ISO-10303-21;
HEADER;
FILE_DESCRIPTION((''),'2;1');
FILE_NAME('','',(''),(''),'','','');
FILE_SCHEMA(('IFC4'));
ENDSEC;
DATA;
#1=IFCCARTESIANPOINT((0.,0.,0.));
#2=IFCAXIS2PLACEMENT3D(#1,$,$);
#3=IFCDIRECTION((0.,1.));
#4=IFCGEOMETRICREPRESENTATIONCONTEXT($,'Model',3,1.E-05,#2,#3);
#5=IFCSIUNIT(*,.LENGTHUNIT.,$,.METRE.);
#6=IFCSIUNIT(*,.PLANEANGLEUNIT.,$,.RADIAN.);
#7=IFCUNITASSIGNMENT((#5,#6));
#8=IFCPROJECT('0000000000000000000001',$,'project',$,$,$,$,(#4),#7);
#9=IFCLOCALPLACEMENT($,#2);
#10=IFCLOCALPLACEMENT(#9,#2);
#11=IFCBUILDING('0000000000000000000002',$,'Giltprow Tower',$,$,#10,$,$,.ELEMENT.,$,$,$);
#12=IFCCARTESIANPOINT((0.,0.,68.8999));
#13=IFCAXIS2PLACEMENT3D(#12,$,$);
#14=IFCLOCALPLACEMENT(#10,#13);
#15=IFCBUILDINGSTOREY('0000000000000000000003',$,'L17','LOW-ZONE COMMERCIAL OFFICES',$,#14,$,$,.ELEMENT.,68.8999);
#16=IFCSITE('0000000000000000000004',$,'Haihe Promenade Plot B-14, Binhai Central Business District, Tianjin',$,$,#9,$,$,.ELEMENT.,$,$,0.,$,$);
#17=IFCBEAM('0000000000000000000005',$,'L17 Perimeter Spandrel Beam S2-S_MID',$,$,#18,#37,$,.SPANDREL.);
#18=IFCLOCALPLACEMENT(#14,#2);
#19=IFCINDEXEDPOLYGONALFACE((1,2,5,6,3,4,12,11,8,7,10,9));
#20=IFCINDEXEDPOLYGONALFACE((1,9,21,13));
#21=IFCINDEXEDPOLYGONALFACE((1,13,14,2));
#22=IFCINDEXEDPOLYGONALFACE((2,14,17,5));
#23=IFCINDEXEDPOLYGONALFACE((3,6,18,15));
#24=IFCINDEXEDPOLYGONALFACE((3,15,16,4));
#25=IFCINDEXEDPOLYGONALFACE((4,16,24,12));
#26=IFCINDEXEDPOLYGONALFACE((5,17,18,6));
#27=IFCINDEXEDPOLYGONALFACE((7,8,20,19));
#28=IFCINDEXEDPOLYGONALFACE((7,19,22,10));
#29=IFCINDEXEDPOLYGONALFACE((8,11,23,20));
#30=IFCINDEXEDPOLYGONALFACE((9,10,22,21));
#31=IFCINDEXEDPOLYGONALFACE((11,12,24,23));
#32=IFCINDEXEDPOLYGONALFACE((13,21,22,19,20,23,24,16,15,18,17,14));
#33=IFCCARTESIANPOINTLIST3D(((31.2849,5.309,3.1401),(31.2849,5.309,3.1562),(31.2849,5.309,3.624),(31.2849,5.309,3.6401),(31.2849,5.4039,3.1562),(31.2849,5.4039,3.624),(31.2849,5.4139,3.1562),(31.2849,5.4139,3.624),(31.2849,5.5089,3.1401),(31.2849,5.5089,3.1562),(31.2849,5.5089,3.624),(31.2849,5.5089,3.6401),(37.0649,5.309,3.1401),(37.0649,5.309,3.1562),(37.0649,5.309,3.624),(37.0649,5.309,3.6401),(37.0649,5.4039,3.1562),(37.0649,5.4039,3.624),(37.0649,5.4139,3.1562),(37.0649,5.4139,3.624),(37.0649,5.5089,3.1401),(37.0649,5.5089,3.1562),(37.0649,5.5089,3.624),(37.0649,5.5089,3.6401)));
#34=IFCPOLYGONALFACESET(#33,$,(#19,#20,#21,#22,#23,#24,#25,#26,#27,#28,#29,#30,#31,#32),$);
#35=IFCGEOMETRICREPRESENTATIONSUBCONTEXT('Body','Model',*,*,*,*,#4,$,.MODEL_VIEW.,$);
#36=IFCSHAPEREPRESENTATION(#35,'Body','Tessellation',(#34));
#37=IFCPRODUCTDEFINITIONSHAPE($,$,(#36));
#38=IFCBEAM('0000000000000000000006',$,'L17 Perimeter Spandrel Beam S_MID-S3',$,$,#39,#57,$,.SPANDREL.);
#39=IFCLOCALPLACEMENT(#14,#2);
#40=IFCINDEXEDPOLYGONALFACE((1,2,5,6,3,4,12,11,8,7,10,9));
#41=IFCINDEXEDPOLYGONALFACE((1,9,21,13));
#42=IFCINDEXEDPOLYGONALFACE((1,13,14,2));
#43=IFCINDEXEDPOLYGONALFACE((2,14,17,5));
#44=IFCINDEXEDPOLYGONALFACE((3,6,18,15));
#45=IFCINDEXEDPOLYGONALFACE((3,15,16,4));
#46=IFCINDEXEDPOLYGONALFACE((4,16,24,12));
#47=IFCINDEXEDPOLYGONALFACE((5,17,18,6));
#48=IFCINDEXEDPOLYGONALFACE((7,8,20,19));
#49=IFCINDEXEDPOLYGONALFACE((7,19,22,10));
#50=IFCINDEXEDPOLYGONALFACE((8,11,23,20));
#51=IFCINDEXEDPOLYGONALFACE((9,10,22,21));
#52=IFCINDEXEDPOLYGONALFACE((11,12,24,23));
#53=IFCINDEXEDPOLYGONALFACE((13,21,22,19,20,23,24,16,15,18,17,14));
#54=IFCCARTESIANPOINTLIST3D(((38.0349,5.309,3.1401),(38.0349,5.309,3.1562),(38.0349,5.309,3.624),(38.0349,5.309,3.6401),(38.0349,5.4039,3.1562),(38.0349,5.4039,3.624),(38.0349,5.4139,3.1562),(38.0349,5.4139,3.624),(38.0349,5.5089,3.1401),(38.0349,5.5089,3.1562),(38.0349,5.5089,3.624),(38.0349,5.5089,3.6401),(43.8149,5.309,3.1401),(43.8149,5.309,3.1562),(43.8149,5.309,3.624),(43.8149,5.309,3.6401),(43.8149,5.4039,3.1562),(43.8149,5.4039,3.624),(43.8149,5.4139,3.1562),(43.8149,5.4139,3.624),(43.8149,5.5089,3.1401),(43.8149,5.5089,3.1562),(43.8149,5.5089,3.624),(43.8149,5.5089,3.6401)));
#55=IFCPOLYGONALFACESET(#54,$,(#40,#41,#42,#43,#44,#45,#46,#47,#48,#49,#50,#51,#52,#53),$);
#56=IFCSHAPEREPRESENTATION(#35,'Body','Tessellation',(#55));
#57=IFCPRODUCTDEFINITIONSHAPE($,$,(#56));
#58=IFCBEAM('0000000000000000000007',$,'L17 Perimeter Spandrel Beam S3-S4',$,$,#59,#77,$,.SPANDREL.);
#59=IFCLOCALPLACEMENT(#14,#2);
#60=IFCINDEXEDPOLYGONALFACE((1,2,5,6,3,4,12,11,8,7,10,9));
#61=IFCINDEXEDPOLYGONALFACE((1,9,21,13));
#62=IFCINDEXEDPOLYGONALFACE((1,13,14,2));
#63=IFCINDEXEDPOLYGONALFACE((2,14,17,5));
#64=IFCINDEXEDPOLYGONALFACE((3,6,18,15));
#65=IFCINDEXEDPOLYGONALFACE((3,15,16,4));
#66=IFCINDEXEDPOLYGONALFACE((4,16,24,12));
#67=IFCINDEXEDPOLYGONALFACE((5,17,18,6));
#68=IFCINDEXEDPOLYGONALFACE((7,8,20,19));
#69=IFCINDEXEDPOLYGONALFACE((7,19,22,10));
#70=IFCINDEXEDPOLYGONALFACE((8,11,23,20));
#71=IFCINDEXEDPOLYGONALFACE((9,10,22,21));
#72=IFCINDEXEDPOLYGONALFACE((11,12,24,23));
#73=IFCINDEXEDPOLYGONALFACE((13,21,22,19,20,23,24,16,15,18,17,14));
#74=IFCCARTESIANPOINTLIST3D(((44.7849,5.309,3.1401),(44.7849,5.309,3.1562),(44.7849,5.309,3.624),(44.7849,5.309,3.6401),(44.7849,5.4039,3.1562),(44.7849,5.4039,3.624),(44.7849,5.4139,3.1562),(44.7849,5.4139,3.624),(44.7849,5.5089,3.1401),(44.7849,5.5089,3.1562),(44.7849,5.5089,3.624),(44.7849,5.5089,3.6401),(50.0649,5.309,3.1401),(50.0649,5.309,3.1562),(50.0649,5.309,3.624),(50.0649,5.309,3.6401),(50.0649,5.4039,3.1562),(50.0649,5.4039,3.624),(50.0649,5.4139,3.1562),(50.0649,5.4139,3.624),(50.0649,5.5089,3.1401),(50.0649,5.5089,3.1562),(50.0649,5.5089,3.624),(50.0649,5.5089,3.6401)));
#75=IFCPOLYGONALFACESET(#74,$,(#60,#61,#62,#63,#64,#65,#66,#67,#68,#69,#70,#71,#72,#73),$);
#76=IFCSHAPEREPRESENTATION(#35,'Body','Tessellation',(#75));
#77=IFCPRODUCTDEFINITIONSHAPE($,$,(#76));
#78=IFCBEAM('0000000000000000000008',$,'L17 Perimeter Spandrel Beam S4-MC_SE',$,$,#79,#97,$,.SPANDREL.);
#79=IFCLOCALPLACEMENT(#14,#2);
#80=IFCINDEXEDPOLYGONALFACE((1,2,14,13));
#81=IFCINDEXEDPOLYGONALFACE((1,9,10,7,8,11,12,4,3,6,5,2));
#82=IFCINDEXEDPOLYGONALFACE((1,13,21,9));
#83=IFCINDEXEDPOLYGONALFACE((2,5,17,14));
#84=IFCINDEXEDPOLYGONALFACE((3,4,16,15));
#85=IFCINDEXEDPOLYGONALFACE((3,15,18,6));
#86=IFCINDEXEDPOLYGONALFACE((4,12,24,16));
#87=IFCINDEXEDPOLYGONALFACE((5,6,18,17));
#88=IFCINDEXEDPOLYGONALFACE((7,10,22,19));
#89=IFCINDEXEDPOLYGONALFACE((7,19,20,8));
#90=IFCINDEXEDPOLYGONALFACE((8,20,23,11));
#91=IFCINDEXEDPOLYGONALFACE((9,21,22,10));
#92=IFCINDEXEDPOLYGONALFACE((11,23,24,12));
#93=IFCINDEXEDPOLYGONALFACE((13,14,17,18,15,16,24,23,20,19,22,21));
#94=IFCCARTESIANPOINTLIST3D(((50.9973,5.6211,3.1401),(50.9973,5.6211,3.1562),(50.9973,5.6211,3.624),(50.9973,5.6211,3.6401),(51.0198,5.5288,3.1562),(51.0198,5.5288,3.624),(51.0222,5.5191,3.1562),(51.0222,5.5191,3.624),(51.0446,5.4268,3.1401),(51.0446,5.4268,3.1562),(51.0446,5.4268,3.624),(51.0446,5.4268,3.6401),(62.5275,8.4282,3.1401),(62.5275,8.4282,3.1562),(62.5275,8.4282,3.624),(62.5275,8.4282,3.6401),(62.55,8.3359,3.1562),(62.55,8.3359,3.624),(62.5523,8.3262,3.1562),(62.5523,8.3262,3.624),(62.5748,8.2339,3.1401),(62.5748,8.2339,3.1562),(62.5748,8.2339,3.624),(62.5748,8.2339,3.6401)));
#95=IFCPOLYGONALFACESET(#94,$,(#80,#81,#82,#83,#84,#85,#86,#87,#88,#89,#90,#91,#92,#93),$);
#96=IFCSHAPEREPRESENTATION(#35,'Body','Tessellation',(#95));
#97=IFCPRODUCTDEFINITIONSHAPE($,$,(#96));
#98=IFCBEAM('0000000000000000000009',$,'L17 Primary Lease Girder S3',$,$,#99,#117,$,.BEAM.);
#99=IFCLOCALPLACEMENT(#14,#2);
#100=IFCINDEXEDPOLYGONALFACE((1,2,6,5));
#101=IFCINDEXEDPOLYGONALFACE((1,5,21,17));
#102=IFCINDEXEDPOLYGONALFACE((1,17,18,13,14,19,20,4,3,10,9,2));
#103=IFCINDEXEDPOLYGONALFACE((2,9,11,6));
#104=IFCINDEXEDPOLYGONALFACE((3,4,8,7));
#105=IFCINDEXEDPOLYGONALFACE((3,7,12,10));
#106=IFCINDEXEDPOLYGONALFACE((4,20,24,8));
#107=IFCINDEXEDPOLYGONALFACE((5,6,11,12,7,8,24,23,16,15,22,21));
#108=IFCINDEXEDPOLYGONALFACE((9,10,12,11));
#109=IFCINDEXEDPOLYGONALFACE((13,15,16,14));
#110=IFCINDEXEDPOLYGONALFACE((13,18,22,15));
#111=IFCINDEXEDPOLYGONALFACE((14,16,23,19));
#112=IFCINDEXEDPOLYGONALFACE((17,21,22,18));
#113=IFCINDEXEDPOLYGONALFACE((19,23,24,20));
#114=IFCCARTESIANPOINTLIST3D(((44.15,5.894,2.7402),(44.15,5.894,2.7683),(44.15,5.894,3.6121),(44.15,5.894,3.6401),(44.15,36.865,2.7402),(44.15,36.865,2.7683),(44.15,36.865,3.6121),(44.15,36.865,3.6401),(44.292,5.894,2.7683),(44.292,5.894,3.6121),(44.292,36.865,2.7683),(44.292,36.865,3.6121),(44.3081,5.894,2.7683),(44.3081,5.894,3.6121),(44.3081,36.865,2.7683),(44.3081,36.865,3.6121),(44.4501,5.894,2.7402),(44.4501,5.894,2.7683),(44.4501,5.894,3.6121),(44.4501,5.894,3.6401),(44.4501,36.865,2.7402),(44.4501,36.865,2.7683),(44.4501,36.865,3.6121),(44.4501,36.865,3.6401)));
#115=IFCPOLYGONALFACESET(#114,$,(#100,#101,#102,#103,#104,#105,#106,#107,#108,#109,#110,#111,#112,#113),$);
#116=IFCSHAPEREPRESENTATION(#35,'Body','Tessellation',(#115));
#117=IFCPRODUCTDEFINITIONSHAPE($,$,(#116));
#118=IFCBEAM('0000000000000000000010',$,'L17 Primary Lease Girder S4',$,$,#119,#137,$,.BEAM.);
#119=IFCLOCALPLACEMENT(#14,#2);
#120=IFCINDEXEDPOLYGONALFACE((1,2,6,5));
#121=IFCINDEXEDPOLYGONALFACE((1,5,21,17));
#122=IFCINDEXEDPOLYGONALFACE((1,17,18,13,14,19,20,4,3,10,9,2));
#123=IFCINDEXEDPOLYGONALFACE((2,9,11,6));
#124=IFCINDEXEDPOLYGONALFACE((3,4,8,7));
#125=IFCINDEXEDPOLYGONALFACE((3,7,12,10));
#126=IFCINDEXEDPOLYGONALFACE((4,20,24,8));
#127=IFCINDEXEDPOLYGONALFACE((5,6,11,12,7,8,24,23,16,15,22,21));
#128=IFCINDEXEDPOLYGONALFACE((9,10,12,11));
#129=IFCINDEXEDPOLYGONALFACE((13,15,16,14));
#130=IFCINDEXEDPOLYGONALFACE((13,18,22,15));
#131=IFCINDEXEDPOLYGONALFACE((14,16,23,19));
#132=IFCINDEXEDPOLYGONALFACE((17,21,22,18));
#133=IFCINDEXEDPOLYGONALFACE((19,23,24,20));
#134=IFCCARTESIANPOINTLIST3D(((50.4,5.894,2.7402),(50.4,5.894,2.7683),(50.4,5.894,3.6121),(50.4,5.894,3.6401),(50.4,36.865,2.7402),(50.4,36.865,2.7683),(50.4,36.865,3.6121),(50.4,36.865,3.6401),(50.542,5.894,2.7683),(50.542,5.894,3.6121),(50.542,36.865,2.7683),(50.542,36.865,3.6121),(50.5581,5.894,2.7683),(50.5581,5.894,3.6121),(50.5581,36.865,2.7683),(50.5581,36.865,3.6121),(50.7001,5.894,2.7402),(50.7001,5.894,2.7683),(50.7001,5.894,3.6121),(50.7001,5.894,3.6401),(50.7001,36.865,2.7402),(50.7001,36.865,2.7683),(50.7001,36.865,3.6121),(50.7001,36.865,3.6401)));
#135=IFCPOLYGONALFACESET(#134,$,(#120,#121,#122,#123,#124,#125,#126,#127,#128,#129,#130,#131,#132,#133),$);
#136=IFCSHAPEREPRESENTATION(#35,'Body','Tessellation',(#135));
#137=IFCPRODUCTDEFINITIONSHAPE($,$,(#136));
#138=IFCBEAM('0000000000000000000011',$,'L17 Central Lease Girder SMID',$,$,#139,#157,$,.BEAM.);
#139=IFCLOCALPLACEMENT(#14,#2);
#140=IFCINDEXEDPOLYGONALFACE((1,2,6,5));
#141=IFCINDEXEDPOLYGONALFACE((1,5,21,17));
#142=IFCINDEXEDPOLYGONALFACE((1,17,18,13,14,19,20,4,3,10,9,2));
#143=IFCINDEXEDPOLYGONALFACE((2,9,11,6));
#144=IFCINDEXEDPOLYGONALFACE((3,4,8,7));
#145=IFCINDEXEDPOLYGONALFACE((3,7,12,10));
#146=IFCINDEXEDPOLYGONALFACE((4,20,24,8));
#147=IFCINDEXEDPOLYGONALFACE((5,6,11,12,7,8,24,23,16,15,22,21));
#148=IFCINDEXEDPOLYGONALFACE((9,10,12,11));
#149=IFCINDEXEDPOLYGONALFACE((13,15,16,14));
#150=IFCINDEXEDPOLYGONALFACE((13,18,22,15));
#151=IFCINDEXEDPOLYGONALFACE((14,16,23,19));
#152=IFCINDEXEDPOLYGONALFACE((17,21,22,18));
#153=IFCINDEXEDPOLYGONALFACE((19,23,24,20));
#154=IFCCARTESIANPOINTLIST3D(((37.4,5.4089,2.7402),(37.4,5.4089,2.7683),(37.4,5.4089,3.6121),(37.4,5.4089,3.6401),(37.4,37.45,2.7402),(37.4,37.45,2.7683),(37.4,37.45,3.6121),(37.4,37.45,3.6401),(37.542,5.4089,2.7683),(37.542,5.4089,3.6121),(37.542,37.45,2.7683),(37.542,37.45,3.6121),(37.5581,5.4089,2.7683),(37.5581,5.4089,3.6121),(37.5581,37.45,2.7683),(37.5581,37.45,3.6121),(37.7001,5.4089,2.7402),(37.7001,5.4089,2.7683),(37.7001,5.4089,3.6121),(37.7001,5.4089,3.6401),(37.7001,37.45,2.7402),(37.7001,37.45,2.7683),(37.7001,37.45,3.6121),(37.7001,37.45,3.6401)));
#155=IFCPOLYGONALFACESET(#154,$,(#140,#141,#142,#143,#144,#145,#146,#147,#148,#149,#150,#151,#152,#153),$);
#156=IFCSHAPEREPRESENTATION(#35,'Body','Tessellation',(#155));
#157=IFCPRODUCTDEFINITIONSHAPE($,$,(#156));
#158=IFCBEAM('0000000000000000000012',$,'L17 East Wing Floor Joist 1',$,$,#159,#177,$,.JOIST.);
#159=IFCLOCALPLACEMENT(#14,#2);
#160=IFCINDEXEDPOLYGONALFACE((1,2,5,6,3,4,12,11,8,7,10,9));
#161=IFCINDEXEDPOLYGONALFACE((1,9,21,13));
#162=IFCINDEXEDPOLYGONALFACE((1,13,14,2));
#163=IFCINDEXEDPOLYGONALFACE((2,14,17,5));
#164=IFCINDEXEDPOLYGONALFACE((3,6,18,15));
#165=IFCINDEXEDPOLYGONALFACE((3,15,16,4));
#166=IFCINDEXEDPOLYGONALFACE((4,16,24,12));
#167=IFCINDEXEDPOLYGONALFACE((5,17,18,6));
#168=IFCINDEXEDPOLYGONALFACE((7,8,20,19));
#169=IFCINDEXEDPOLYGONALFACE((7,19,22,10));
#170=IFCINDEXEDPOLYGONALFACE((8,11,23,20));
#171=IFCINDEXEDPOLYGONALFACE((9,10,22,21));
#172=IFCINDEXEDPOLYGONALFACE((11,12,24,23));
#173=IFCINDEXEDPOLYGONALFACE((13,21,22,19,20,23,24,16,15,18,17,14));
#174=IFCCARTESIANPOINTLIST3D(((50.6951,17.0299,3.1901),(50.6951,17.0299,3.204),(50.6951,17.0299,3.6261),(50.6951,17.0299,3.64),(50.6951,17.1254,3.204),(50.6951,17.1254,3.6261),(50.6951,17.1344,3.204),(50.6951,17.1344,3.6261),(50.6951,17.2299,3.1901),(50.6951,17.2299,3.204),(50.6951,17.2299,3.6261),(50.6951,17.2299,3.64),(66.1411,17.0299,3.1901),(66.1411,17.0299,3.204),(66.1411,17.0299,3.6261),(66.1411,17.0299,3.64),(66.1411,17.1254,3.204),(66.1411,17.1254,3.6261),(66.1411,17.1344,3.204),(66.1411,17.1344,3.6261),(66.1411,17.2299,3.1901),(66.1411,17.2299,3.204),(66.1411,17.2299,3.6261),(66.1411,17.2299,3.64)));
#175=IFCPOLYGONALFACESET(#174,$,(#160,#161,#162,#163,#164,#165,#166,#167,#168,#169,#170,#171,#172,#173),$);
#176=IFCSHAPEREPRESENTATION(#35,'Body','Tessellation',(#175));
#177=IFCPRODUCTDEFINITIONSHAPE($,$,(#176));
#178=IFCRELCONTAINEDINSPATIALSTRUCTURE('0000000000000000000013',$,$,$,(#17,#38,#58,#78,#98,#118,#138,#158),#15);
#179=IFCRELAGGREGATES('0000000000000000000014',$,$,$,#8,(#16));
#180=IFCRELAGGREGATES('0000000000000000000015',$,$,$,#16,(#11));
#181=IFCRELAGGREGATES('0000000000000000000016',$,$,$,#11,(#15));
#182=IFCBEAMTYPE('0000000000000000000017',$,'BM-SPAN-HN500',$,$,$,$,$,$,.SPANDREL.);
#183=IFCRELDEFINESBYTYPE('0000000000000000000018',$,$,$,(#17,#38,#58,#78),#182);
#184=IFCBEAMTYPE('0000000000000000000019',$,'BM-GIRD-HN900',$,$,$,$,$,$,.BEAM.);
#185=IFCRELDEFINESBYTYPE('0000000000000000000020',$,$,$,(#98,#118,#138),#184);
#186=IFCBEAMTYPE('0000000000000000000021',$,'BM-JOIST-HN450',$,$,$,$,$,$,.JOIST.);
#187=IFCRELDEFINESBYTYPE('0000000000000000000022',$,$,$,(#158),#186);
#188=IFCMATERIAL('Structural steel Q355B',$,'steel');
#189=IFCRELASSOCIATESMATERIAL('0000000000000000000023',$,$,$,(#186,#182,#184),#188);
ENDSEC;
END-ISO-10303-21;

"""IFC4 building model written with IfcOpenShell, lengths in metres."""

from ifc_helpers import new_model, si_unit, direction, frame, origin, origin_2d, place, context, subcontext, project, spatial, i_section, extrude, source, transform, mapped, material, material_profile, profile_set, type_object, element, save


model = new_model("IFC4")

# Units and contexts
model_context = context("Model", 3, precision=1e-05, world=origin(), true_north=direction((0.0, 1.0)))
body_context = subcontext(model_context, "Body", "Model", "MODEL_VIEW")
ifc_project = project(units=[si_unit("LENGTHUNIT", "METRE"), si_unit("PLANEANGLEUNIT", "RADIAN")], contexts=[model_context])

# Site, building, storey
site_placement = place(None, origin())
site = spatial("IfcSite", under=ifc_project, at=site_placement, Name="Haihe Promenade Plot B-14, Binhai Central Business District, Tianjin", CompositionType="ELEMENT", RefElevation=0.0)
building_placement = place(site_placement, origin())
building = spatial("IfcBuilding", under=site, at=building_placement, Name="Giltprow Tower", CompositionType="ELEMENT")
storey_placement = place(building_placement, frame((0.0, 0.0, 68.8999)))
storey = spatial("IfcBuildingStorey", under=building, at=storey_placement, Name="L17", Description="LOW-ZONE COMMERCIAL OFFICES", CompositionType="ELEMENT", Elevation=68.8999)

# Beams
ifc_material_1 = material(Name="Structural steel Q355B", Category="steel")
ifc_material_profile_1 = material_profile(ifc_material_1, i_section(OverallWidth=0.2, OverallDepth=0.45, WebThickness=0.009, FlangeThickness=0.0139, at=origin_2d()), Name="HN 450x200x9x14")
ifc_profile_set_1 = profile_set([ifc_material_profile_1], Name="Structural steel Q355B")
beam_type_1 = type_object("IfcBeamType", Name="BM-JOIST-HN450", PredefinedType="JOIST", material=ifc_profile_set_1)
ifc_material_profile_2 = material_profile(ifc_material_1, i_section(OverallWidth=0.2, OverallDepth=0.5, WebThickness=0.01, FlangeThickness=0.0161, at=origin_2d()), Name="HN 500x200x10x16")
ifc_profile_set_2 = profile_set([ifc_material_profile_2], Name="Structural steel Q355B")
beam_type_2 = type_object("IfcBeamType", Name="BM-SPAN-HN500", PredefinedType="SPANDREL", material=ifc_profile_set_2)
shared_shape_1 = source(origin(), body_context, "Body", "SweptSolid", [
    extrude(i_section(OverallWidth=0.2, OverallDepth=0.5, WebThickness=0.01, FlangeThickness=0.0161, at=origin_2d()), origin(), (0.0, 0.0, 1.0), 5.78),
])
for number, where, z_axis, x_axis, name in (
    (1, (31.2849, 5.4089, 3.3901), (1.0, 0.0, 0.0), (0.0, 1.0, 0.0), "L17 Perimeter Spandrel Beam S2-S_MID"),
    (2, (38.0349, 5.4089, 3.3901), (1.0, 0.0, 0.0), (0.0, 1.0, 0.0), "L17 Perimeter Spandrel Beam S_MID-S3"),
):
    element("IfcBeam", number, at=place(storey_placement, frame(where, z_axis=z_axis, x_axis=x_axis)), inside=storey, type_object=beam_type_2, Name=name, PredefinedType="SPANDREL", context=body_context, shape_type="MappedRepresentation", body=[
        mapped(shared_shape_1, transform((0.0, 0.0, 0.0), x_axis=(1.0, 0.0, 0.0), y_axis=(0.0, 1.0, 0.0), z_axis=(0.0, 0.0, 1.0), scale=1.0)),
    ])
shared_shape_2 = source(origin(), body_context, "Body", "SweptSolid", [
    extrude(i_section(OverallWidth=0.2, OverallDepth=0.5, WebThickness=0.01, FlangeThickness=0.0161, at=origin_2d()), origin(), (0.0, 0.0, 1.0), 5.28),
])
beam_1_placement = place(storey_placement, frame((44.7849, 5.4089, 3.3901), z_axis=(1.0, 0.0, 0.0), x_axis=(0.0, 1.0, 0.0)))
element("IfcBeam", 3, at=beam_1_placement, inside=storey, type_object=beam_type_2, Name="L17 Perimeter Spandrel Beam S3-S4", PredefinedType="SPANDREL", context=body_context, shape_type="MappedRepresentation", body=[
    mapped(shared_shape_2, transform((0.0, 0.0, 0.0), x_axis=(1.0, 0.0, 0.0), y_axis=(0.0, 1.0, 0.0), z_axis=(0.0, 0.0, 1.0), scale=1.0)),
])
shared_shape_3 = source(origin(), body_context, "Body", "SweptSolid", [
    extrude(i_section(OverallWidth=0.2, OverallDepth=0.5, WebThickness=0.01, FlangeThickness=0.0161, at=origin_2d()), origin(), (0.0, 0.0, 1.0), 11.8669),
])
beam_2_placement = place(storey_placement, frame((51.021, 5.5239, 3.3901), z_axis=(0.971619, 0.236553, 0.0), x_axis=(-0.236553, 0.971619, 0.0)))
element("IfcBeam", 4, at=beam_2_placement, inside=storey, type_object=beam_type_2, Name="L17 Perimeter Spandrel Beam S4-MC_SE", PredefinedType="SPANDREL", context=body_context, shape_type="MappedRepresentation", body=[
    mapped(shared_shape_3, transform((0.0, 0.0, 0.0), x_axis=(1.0, 0.0, 0.0), y_axis=(0.0, 1.0, 0.0), z_axis=(0.0, 0.0, 1.0), scale=1.0)),
])
ifc_material_profile_3 = material_profile(ifc_material_1, i_section(OverallWidth=0.3, OverallDepth=0.8999, WebThickness=0.0161, FlangeThickness=0.0281, at=origin_2d()), Name="HN 900x300x16x28")
ifc_profile_set_3 = profile_set([ifc_material_profile_3], Name="Structural steel Q355B")
beam_type_3 = type_object("IfcBeamType", Name="BM-GIRD-HN900", PredefinedType="BEAM", material=ifc_profile_set_3)
shared_shape_4 = source(origin(), body_context, "Body", "SweptSolid", [
    extrude(i_section(OverallWidth=0.3, OverallDepth=0.8999, WebThickness=0.0161, FlangeThickness=0.0281, at=origin_2d()), origin(), (0.0, 0.0, 1.0), 30.9709),
])
for number, where, z_axis, x_axis, name in (
    (5, (44.3, 5.894, 3.1902), (0.0, 1.0, 0.0), (-1.0, 0.0, 0.0), "L17 Primary Lease Girder S3"),
    (6, (50.55, 5.894, 3.1902), (0.0, 1.0, 0.0), (-1.0, 0.0, 0.0), "L17 Primary Lease Girder S4"),
):
    element("IfcBeam", number, at=place(storey_placement, frame(where, z_axis=z_axis, x_axis=x_axis)), inside=storey, type_object=beam_type_3, Name=name, PredefinedType="BEAM", context=body_context, shape_type="MappedRepresentation", body=[
        mapped(shared_shape_4, transform((0.0, 0.0, 0.0), x_axis=(1.0, 0.0, 0.0), y_axis=(0.0, 1.0, 0.0), z_axis=(0.0, 0.0, 1.0), scale=1.0)),
    ])
shared_shape_5 = source(origin(), body_context, "Body", "SweptSolid", [
    extrude(i_section(OverallWidth=0.3, OverallDepth=0.8999, WebThickness=0.0161, FlangeThickness=0.0281, at=origin_2d()), origin(), (0.0, 0.0, 1.0), 32.041),
])
beam_3_placement = place(storey_placement, frame((37.55, 5.4089, 3.1902), z_axis=(0.0, 1.0, 0.0), x_axis=(-1.0, 0.0, 0.0)))
element("IfcBeam", 7, at=beam_3_placement, inside=storey, type_object=beam_type_3, Name="L17 Central Lease Girder SMID", PredefinedType="BEAM", context=body_context, shape_type="MappedRepresentation", body=[
    mapped(shared_shape_5, transform((0.0, 0.0, 0.0), x_axis=(1.0, 0.0, 0.0), y_axis=(0.0, 1.0, 0.0), z_axis=(0.0, 0.0, 1.0), scale=1.0)),
])
shared_shape_6 = source(origin(), body_context, "Body", "SweptSolid", [
    extrude(i_section(OverallWidth=0.2, OverallDepth=0.45, WebThickness=0.009, FlangeThickness=0.0139, at=origin_2d()), origin(), (0.0, 0.0, 1.0), 15.446),
])
beam_4_placement = place(storey_placement, frame((50.6951, 17.1299, 3.415), z_axis=(1.0, 0.0, 0.0), x_axis=(0.0, 1.0, 0.0)))
element("IfcBeam", 8, at=beam_4_placement, inside=storey, type_object=beam_type_1, Name="L17 East Wing Floor Joist 1", PredefinedType="JOIST", context=body_context, shape_type="MappedRepresentation", body=[
    mapped(shared_shape_6, transform((0.0, 0.0, 0.0), x_axis=(1.0, 0.0, 0.0), y_axis=(0.0, 1.0, 0.0), z_axis=(0.0, 0.0, 1.0), scale=1.0)),
])

save(model, "model.ifc")
